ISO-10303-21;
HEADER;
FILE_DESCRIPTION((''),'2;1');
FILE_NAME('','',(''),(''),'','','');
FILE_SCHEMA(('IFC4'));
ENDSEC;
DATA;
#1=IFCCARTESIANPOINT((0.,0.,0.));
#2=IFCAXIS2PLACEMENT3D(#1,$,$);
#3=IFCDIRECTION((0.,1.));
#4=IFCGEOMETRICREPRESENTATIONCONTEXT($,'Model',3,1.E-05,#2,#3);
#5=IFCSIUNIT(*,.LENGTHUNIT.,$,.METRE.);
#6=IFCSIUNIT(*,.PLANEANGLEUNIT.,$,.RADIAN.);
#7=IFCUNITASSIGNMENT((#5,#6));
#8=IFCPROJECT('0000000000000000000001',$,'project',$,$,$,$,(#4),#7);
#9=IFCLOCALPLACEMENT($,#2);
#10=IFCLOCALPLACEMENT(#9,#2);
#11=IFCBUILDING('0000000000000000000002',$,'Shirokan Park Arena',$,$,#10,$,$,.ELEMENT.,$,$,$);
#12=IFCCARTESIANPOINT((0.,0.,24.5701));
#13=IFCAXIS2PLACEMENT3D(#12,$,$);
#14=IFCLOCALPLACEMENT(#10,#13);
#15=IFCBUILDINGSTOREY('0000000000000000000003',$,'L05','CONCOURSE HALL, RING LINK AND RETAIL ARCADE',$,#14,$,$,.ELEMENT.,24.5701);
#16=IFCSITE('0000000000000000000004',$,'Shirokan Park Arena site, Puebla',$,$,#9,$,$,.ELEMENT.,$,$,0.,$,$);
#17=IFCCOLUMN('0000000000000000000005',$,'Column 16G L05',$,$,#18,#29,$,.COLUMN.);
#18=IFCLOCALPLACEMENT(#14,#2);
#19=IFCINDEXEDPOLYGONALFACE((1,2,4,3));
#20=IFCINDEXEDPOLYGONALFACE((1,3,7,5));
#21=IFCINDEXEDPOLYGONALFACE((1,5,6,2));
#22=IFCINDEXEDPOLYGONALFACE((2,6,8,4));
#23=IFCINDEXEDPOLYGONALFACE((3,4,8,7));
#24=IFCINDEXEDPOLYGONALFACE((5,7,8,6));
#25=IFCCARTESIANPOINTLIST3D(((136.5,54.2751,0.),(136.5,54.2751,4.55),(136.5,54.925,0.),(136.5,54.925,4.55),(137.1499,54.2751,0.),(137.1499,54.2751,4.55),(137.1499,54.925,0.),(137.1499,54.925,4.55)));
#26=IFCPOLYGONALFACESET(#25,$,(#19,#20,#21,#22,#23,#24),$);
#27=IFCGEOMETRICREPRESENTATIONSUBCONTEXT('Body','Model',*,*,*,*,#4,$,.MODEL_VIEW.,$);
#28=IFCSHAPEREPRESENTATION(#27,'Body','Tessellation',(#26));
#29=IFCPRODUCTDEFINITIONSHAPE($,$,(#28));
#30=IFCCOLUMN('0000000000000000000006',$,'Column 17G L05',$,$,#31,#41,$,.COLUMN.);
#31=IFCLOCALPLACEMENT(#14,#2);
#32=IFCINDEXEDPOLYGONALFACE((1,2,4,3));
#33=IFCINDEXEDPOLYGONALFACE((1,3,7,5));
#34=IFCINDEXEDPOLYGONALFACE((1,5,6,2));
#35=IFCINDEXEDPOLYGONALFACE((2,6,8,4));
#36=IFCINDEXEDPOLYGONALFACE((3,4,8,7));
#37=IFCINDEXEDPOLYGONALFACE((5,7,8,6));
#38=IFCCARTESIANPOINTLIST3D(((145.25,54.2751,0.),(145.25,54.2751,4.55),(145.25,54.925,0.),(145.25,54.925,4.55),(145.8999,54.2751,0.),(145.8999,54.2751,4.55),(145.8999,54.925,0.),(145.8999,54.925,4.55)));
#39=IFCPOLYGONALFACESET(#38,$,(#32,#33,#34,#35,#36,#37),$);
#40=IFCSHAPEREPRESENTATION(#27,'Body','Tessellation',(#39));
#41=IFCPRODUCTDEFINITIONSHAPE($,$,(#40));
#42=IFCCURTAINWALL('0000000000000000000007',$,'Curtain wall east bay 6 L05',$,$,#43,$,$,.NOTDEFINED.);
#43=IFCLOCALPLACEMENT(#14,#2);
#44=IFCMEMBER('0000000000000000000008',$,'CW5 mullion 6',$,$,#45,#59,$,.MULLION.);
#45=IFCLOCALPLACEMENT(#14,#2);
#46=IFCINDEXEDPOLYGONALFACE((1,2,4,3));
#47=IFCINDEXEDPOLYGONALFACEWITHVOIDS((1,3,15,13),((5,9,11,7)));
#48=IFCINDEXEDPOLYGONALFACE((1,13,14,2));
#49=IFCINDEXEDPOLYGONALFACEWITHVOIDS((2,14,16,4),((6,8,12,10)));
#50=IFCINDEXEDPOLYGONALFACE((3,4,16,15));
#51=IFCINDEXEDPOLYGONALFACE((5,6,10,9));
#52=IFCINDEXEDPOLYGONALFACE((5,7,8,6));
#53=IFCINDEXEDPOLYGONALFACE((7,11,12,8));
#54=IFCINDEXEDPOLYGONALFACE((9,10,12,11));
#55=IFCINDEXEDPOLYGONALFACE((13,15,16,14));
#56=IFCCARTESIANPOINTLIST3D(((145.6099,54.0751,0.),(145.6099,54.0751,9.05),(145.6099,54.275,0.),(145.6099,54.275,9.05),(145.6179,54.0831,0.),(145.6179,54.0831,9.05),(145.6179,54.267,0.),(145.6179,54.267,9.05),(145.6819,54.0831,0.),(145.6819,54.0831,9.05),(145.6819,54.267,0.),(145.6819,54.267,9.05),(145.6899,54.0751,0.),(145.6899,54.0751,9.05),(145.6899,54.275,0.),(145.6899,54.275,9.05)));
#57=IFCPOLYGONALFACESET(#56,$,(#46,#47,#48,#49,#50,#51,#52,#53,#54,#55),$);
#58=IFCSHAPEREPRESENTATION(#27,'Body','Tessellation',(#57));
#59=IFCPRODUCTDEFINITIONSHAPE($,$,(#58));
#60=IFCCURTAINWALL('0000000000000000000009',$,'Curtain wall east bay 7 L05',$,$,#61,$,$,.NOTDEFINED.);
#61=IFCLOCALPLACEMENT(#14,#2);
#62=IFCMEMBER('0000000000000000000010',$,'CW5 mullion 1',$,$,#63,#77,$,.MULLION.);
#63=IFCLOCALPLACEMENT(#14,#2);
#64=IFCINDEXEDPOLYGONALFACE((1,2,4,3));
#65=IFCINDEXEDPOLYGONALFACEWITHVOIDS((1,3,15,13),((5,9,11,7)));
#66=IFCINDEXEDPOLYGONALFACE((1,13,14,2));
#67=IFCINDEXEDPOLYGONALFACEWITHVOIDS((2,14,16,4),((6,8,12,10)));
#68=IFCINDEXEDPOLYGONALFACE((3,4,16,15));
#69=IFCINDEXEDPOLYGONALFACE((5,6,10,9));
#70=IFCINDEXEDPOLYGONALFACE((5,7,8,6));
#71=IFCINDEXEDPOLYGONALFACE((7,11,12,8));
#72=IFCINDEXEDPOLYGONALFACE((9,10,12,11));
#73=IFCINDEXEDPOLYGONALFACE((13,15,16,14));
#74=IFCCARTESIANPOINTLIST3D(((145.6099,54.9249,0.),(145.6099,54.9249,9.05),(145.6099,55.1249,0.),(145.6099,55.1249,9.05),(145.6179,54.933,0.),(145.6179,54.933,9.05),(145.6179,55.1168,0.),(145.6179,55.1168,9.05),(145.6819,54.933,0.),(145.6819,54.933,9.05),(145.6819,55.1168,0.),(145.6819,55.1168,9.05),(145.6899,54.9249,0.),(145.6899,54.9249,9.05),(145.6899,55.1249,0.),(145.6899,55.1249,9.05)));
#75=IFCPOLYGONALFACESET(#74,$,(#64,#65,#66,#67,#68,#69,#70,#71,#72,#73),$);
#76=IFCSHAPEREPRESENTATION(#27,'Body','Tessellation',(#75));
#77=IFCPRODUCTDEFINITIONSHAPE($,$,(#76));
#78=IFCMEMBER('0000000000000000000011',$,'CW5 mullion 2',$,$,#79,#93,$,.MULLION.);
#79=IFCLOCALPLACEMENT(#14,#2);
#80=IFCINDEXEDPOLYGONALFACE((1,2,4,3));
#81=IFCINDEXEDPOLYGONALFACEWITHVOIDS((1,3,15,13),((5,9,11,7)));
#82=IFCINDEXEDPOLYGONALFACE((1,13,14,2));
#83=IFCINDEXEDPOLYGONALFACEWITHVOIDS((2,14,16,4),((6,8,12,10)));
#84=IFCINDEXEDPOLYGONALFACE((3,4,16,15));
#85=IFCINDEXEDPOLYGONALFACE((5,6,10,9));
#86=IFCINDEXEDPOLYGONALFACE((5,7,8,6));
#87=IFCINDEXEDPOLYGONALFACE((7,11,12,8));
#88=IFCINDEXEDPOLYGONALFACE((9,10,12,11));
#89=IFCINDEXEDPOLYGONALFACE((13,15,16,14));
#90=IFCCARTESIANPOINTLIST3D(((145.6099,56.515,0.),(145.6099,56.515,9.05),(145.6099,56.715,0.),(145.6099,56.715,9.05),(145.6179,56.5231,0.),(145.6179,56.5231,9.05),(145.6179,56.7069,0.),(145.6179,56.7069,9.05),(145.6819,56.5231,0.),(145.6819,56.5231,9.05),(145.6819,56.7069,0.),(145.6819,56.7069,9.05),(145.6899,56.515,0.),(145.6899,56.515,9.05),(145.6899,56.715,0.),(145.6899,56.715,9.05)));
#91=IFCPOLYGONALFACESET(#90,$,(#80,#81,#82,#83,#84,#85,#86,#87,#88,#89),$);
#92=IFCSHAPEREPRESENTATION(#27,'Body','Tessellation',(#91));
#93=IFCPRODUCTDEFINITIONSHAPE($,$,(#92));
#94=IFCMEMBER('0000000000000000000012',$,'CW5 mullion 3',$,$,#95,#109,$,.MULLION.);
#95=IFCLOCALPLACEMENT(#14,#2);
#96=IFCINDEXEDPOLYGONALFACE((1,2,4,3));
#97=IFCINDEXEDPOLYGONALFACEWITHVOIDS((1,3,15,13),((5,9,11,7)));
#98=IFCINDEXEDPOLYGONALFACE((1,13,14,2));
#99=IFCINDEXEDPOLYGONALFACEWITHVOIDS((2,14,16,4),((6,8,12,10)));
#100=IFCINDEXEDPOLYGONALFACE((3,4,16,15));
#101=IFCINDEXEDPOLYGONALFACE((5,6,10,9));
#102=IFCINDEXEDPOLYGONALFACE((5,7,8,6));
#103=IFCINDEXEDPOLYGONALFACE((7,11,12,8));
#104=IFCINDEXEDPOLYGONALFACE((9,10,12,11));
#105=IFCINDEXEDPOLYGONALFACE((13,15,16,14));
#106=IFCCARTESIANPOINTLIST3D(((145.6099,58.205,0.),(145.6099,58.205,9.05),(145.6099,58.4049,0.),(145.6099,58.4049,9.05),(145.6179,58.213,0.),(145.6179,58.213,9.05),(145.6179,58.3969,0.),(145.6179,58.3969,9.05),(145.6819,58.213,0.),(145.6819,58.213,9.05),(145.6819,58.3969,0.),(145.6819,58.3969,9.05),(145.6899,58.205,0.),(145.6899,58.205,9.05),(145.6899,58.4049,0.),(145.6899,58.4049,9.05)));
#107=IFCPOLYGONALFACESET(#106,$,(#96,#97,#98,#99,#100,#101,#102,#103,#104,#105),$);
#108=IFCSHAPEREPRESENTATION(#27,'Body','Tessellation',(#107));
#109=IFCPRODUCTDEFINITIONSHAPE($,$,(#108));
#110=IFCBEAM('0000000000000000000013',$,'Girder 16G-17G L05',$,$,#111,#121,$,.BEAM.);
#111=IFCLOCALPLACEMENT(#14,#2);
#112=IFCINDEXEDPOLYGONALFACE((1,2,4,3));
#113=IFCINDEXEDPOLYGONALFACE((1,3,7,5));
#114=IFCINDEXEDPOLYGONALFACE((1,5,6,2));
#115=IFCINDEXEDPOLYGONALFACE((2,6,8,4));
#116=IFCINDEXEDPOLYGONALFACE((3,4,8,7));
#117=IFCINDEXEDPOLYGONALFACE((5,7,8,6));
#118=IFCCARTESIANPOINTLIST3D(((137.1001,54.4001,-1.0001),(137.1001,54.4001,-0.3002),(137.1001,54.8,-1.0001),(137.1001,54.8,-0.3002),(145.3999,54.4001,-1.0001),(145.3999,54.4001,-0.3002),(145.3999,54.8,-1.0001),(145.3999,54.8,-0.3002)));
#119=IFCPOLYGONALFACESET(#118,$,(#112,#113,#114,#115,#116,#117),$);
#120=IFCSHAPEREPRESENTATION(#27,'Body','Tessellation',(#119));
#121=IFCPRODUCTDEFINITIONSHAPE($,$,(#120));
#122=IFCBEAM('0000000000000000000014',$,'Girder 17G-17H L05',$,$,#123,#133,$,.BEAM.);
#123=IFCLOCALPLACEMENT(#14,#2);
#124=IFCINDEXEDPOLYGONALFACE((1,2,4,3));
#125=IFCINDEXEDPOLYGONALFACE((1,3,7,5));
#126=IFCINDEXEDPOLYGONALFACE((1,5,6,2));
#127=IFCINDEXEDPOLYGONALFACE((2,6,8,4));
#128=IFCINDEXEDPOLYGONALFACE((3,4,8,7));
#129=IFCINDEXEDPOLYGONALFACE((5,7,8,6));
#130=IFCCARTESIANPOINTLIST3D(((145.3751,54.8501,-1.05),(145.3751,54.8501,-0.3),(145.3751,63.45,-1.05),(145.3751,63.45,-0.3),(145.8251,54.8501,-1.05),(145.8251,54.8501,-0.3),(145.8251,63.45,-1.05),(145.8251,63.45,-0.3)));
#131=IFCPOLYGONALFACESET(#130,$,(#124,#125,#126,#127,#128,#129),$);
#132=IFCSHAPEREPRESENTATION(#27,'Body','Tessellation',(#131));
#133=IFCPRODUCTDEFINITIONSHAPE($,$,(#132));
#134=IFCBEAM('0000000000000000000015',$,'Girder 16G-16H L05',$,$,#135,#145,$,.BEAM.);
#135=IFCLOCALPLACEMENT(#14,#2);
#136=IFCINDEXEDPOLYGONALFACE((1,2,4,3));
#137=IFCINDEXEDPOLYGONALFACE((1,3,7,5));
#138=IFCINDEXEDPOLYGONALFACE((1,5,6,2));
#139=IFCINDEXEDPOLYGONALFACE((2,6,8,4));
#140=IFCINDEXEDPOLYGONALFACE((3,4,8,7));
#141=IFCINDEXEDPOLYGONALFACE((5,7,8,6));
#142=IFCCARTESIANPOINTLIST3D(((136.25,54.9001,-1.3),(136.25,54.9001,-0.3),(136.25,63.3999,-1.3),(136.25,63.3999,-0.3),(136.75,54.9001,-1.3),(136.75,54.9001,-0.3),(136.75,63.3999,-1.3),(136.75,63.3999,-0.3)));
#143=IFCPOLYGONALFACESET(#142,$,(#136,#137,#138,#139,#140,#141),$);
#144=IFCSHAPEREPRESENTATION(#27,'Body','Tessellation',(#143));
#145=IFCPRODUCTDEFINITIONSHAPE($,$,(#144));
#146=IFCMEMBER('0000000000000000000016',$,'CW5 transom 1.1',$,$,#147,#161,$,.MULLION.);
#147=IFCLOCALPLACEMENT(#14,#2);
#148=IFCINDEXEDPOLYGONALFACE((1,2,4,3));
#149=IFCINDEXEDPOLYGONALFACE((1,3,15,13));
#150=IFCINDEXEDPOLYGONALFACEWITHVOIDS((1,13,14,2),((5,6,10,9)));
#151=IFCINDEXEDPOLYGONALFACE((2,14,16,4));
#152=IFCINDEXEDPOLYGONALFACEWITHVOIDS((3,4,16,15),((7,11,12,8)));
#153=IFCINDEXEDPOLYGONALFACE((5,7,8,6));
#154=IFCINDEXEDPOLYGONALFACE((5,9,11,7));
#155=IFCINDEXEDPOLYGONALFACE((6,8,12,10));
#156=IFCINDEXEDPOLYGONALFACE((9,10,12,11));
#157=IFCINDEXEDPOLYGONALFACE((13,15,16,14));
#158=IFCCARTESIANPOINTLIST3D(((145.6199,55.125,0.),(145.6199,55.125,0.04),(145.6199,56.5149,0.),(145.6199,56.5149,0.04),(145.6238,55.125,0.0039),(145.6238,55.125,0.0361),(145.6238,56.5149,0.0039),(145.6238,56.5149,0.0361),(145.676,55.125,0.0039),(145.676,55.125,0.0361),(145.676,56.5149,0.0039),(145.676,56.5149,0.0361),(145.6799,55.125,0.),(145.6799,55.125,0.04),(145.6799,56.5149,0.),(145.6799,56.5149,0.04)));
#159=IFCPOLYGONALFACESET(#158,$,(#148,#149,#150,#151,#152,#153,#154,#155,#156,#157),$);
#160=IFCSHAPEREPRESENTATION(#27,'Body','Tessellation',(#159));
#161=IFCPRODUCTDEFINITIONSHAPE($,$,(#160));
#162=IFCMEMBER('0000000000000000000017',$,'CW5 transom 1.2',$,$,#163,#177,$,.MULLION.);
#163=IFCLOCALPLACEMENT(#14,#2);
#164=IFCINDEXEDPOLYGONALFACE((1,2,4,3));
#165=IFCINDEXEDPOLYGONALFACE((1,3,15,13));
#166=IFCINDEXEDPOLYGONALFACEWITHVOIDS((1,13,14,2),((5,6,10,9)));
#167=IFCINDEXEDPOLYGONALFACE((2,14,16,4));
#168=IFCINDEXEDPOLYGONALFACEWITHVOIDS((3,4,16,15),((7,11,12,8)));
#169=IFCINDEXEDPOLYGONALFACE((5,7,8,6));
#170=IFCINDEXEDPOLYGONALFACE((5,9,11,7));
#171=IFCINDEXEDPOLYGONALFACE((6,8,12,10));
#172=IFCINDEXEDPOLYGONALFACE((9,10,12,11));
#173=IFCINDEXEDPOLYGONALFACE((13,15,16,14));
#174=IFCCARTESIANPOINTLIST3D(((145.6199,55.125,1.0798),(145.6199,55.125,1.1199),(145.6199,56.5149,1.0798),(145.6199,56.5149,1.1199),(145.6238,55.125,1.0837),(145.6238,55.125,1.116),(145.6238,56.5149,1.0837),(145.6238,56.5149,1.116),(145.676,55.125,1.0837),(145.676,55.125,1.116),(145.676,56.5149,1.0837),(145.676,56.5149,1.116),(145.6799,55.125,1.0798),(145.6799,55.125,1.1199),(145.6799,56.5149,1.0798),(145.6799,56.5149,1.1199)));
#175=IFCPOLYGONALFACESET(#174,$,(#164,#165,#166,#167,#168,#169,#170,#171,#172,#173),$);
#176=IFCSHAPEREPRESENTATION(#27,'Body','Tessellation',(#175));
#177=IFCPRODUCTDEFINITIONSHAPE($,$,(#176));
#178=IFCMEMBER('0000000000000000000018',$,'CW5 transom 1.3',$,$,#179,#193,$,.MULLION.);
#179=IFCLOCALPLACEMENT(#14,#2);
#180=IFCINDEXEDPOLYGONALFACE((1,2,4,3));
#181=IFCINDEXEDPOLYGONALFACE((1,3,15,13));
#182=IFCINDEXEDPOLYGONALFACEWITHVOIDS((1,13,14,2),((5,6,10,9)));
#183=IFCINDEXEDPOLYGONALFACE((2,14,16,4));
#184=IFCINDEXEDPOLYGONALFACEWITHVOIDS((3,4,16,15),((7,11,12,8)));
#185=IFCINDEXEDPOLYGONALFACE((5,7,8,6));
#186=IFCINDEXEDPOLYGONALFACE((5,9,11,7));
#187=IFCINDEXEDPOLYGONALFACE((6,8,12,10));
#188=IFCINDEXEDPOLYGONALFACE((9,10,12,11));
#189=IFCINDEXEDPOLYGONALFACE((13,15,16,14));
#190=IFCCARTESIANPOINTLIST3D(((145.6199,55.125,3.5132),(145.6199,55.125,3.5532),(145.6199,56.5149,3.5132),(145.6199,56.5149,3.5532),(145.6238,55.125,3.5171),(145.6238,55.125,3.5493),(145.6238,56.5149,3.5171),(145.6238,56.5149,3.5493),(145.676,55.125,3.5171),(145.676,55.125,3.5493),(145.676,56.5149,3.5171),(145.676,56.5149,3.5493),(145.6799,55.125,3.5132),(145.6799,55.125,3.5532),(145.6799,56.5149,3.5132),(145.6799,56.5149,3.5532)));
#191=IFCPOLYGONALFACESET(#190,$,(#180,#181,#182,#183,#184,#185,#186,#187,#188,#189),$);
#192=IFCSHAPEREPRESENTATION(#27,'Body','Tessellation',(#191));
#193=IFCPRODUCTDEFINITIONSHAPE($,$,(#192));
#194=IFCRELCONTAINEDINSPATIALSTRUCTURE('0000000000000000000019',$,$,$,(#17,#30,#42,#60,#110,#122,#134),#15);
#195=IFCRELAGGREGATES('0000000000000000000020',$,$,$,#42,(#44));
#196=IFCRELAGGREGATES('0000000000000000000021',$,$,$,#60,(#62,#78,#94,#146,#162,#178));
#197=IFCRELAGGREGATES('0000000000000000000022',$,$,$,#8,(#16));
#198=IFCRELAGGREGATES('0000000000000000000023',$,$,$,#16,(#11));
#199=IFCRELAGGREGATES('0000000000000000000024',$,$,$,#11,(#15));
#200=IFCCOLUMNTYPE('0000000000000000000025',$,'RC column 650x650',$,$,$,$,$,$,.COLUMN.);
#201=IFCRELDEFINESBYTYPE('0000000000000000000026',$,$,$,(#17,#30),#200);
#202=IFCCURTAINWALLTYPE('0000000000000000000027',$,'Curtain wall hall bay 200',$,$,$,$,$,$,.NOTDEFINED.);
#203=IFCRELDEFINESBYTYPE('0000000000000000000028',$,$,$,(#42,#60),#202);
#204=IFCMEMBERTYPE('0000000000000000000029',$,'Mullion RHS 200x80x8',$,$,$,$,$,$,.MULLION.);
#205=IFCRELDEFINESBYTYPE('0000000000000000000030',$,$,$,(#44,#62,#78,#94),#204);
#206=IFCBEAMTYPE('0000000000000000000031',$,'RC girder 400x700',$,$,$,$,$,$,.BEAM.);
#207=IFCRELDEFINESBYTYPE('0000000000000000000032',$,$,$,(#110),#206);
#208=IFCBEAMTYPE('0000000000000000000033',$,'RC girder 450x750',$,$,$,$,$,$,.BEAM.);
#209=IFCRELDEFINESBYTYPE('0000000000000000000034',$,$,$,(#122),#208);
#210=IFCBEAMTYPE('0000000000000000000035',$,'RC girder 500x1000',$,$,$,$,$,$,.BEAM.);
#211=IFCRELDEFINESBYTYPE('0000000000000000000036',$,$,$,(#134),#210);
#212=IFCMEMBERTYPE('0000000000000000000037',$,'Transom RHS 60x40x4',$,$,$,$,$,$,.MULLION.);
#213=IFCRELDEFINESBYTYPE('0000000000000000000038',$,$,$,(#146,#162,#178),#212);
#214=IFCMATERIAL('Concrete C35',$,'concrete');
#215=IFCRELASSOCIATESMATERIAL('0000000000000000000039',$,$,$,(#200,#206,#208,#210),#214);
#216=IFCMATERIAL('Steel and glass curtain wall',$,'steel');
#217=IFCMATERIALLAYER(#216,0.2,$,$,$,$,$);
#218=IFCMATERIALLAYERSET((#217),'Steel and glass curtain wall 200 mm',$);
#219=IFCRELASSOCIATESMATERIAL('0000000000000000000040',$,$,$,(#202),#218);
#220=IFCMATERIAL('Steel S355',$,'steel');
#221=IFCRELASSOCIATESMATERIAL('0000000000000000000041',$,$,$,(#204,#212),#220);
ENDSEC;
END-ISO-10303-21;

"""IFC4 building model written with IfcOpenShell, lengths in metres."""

from ifc_helpers import new_model, si_unit, direction, frame, origin, origin_2d, place, context, subcontext, project, spatial, rectangle, hollow_rectangle, extrude, material, layer, layer_set, material_profile, profile_set, type_object, element, aggregate, save


model = new_model("IFC4")

# Units and contexts
model_context = context("Model", 3, precision=1e-05, world=origin(), true_north=direction((0.0, 1.0)))
body_context = subcontext(model_context, "Body", "Model", "MODEL_VIEW")
ifc_project = project(units=[si_unit("LENGTHUNIT", "METRE"), si_unit("PLANEANGLEUNIT", "RADIAN")], contexts=[model_context])

# Site, building, storey
site_placement = place(None, origin())
site = spatial("IfcSite", under=ifc_project, at=site_placement, Name="Shirokan Park Arena site, Puebla", CompositionType="ELEMENT", RefElevation=0.0)
building_placement = place(site_placement, origin())
building = spatial("IfcBuilding", under=site, at=building_placement, Name="Shirokan Park Arena", CompositionType="ELEMENT")
storey_placement = place(building_placement, frame((0.0, 0.0, 24.5701)))
storey = spatial("IfcBuildingStorey", under=building, at=storey_placement, Name="L05", Description="CONCOURSE HALL, RING LINK AND RETAIL ARCADE", CompositionType="ELEMENT", Elevation=24.5701)

# Columns
ifc_material_1 = material(Name="Concrete C35", Category="concrete")
ifc_material_profile_1 = material_profile(ifc_material_1, rectangle(XDim=0.6499, YDim=0.6499, at=origin_2d()), Name="650x650")
ifc_profile_set_1 = profile_set([ifc_material_profile_1], Name="Concrete C35")
column_type = type_object("IfcColumnType", Name="RC column 650x650", PredefinedType="COLUMN", material=ifc_profile_set_1)
for number, where, z_axis, x_axis, name in (
    (1, (136.825, 54.6001, 0.0), (0.0, 0.0, 1.0), (1.0, 0.0, 0.0), "Column 16G L05"),
    (2, (145.575, 54.6001, 0.0), (0.0, 0.0, 1.0), (1.0, 0.0, 0.0), "Column 17G L05"),
):
    element("IfcColumn", number, at=place(storey_placement, frame(where, z_axis=z_axis, x_axis=x_axis)), inside=storey, type_object=column_type, Name=name, PredefinedType="COLUMN", context=body_context, shape_type="SweptSolid", body=[
        extrude(rectangle(XDim=0.6499, YDim=0.6499, at=origin_2d()), origin(), (0.0, 0.0, 1.0), 4.55),
    ])

# Curtain wall, member
ifc_material_2 = material(Name="Steel and glass curtain wall", Category="steel")
ifc_layer_1 = layer(ifc_material_2, 0.2)
ifc_layer_set_1 = layer_set([ifc_layer_1], Name="Steel and glass curtain wall 200 mm")
curtain_wall_type = type_object("IfcCurtainWallType", Name="Curtain wall hall bay 200", PredefinedType="NOTDEFINED", material=ifc_layer_set_1)
curtain_wall_1_placement = place(storey_placement, origin())
curtain_wall_1 = element("IfcCurtainWall", 3, at=curtain_wall_1_placement, inside=storey, type_object=curtain_wall_type, Name="Curtain wall east bay 6 L05", PredefinedType="NOTDEFINED")
ifc_material_3 = material(Name="Steel S355", Category="steel")
ifc_material_profile_2 = material_profile(ifc_material_3, hollow_rectangle(XDim=0.0801, YDim=0.2, WallThickness=0.0081, at=origin_2d()), Name="RHS 200x80x8")
ifc_profile_set_2 = profile_set([ifc_material_profile_2], Name="Steel S355")
member_type_1 = type_object("IfcMemberType", Name="Mullion RHS 200x80x8", PredefinedType="MULLION", material=ifc_profile_set_2)
member_1_placement = place(storey_placement, frame((145.6499, 54.175, 0.0), z_axis=(0.0, 0.0, 1.0), x_axis=(-1.0, 0.0, 0.0)))
member_1 = element("IfcMember", 4, at=member_1_placement, type_object=member_type_1, Name="CW5 mullion 6", PredefinedType="MULLION", context=body_context, shape_type="SweptSolid", body=[
    extrude(hollow_rectangle(XDim=0.0801, YDim=0.2, WallThickness=0.0081, at=origin_2d()), origin(), (0.0, 0.0, 1.0), 9.05),
])

# Curtain wall, members
curtain_wall_2_placement = place(storey_placement, origin())
curtain_wall_2 = element("IfcCurtainWall", 5, at=curtain_wall_2_placement, inside=storey, type_object=curtain_wall_type, Name="Curtain wall east bay 7 L05", PredefinedType="NOTDEFINED")
member_2_placement = place(storey_placement, frame((145.6499, 55.0249, 0.0), z_axis=(0.0, 0.0, 1.0), x_axis=(-1.0, 0.0, 0.0)))
member_2 = element("IfcMember", 6, at=member_2_placement, type_object=member_type_1, Name="CW5 mullion 1", PredefinedType="MULLION", context=body_context, shape_type="SweptSolid", body=[
    extrude(hollow_rectangle(XDim=0.0801, YDim=0.2, WallThickness=0.0081, at=origin_2d()), origin(), (0.0, 0.0, 1.0), 9.05),
])
member_3_placement = place(storey_placement, frame((145.6499, 56.615, 0.0), z_axis=(0.0, 0.0, 1.0), x_axis=(-1.0, 0.0, 0.0)))
member_3 = element("IfcMember", 7, at=member_3_placement, type_object=member_type_1, Name="CW5 mullion 2", PredefinedType="MULLION", context=body_context, shape_type="SweptSolid", body=[
    extrude(hollow_rectangle(XDim=0.0801, YDim=0.2, WallThickness=0.0081, at=origin_2d()), origin(), (0.0, 0.0, 1.0), 9.05),
])
member_4_placement = place(storey_placement, frame((145.6499, 58.3049, 0.0), z_axis=(0.0, 0.0, 1.0), x_axis=(-1.0, 0.0, 0.0)))
member_4 = element("IfcMember", 8, at=member_4_placement, type_object=member_type_1, Name="CW5 mullion 3", PredefinedType="MULLION", context=body_context, shape_type="SweptSolid", body=[
    extrude(hollow_rectangle(XDim=0.0801, YDim=0.2, WallThickness=0.0081, at=origin_2d()), origin(), (0.0, 0.0, 1.0), 9.05),
])

# Beams
ifc_material_profile_3 = material_profile(ifc_material_1, rectangle(XDim=0.3999, YDim=0.7, at=origin_2d()), Name="400x700")
ifc_profile_set_3 = profile_set([ifc_material_profile_3], Name="Concrete C35")
beam_type_1 = type_object("IfcBeamType", Name="RC girder 400x700", PredefinedType="BEAM", material=ifc_profile_set_3)
beam_1_placement = place(storey_placement, frame((137.1001, 54.6001, -0.6501), z_axis=(1.0, 0.0, 0.0), x_axis=(0.0, 1.0, 0.0)))
element("IfcBeam", 9, at=beam_1_placement, inside=storey, type_object=beam_type_1, Name="Girder 16G-17G L05", PredefinedType="BEAM", context=body_context, shape_type="SweptSolid", body=[
    extrude(rectangle(XDim=0.3999, YDim=0.7, at=origin_2d()), origin(), (0.0, 0.0, 1.0), 8.2998),
])
ifc_material_profile_4 = material_profile(ifc_material_1, rectangle(XDim=0.45, YDim=0.75, at=origin_2d()), Name="450x750")
ifc_profile_set_4 = profile_set([ifc_material_profile_4], Name="Concrete C35")
beam_type_2 = type_object("IfcBeamType", Name="RC girder 450x750", PredefinedType="BEAM", material=ifc_profile_set_4)
beam_2_placement = place(storey_placement, frame((145.6001, 54.8501, -0.675), z_axis=(0.0, 1.0, 0.0), x_axis=(-1.0, 0.0, 0.0)))
element("IfcBeam", 10, at=beam_2_placement, inside=storey, type_object=beam_type_2, Name="Girder 17G-17H L05", PredefinedType="BEAM", context=body_context, shape_type="SweptSolid", body=[
    extrude(rectangle(XDim=0.45, YDim=0.75, at=origin_2d()), origin(), (0.0, 0.0, 1.0), 8.5999),
])
ifc_material_profile_5 = material_profile(ifc_material_1, rectangle(XDim=0.5, YDim=1.0, at=origin_2d()), Name="500x1000")
ifc_profile_set_5 = profile_set([ifc_material_profile_5], Name="Concrete C35")
beam_type_3 = type_object("IfcBeamType", Name="RC girder 500x1000", PredefinedType="BEAM", material=ifc_profile_set_5)
beam_3_placement = place(storey_placement, frame((136.5, 54.9001, -0.8), z_axis=(0.0, 1.0, 0.0), x_axis=(-1.0, 0.0, 0.0)))
element("IfcBeam", 11, at=beam_3_placement, inside=storey, type_object=beam_type_3, Name="Girder 16G-16H L05", PredefinedType="BEAM", context=body_context, shape_type="SweptSolid", body=[
    extrude(rectangle(XDim=0.5, YDim=1.0, at=origin_2d()), origin(), (0.0, 0.0, 1.0), 8.4998),
])

# Members
ifc_material_profile_6 = material_profile(ifc_material_3, hollow_rectangle(XDim=0.0601, YDim=0.04, WallThickness=0.0039, at=origin_2d()), Name="RHS 60x40x4")
ifc_profile_set_6 = profile_set([ifc_material_profile_6], Name="Steel S355")
member_type_2 = type_object("IfcMemberType", Name="Transom RHS 60x40x4", PredefinedType="MULLION", material=ifc_profile_set_6)
member_5_placement = place(storey_placement, frame((145.6499, 55.125, 0.02), z_axis=(0.0, 1.0, 0.0), x_axis=(-1.0, 0.0, 0.0)))
member_5 = element("IfcMember", 12, at=member_5_placement, type_object=member_type_2, Name="CW5 transom 1.1", PredefinedType="MULLION", context=body_context, shape_type="SweptSolid", body=[
    extrude(hollow_rectangle(XDim=0.0601, YDim=0.04, WallThickness=0.0039, at=origin_2d()), origin(), (0.0, 0.0, 1.0), 1.3899),
])
member_6_placement = place(storey_placement, frame((145.6499, 55.125, 1.0999), z_axis=(0.0, 1.0, 0.0), x_axis=(-1.0, 0.0, 0.0)))
member_6 = element("IfcMember", 13, at=member_6_placement, type_object=member_type_2, Name="CW5 transom 1.2", PredefinedType="MULLION", context=body_context, shape_type="SweptSolid", body=[
    extrude(hollow_rectangle(XDim=0.0601, YDim=0.04, WallThickness=0.0039, at=origin_2d()), origin(), (0.0, 0.0, 1.0), 1.3899),
])
member_7_placement = place(storey_placement, frame((145.6499, 55.125, 3.5332), z_axis=(0.0, 1.0, 0.0), x_axis=(-1.0, 0.0, 0.0)))
member_7 = element("IfcMember", 14, at=member_7_placement, type_object=member_type_2, Name="CW5 transom 1.3", PredefinedType="MULLION", context=body_context, shape_type="SweptSolid", body=[
    extrude(hollow_rectangle(XDim=0.0601, YDim=0.04, WallThickness=0.0039, at=origin_2d()), origin(), (0.0, 0.0, 1.0), 1.3899),
])

aggregate(curtain_wall_1, [member_1])
aggregate(curtain_wall_2, [member_2, member_3, member_4, member_5, member_6, member_7])

save(model, "model.ifc")
